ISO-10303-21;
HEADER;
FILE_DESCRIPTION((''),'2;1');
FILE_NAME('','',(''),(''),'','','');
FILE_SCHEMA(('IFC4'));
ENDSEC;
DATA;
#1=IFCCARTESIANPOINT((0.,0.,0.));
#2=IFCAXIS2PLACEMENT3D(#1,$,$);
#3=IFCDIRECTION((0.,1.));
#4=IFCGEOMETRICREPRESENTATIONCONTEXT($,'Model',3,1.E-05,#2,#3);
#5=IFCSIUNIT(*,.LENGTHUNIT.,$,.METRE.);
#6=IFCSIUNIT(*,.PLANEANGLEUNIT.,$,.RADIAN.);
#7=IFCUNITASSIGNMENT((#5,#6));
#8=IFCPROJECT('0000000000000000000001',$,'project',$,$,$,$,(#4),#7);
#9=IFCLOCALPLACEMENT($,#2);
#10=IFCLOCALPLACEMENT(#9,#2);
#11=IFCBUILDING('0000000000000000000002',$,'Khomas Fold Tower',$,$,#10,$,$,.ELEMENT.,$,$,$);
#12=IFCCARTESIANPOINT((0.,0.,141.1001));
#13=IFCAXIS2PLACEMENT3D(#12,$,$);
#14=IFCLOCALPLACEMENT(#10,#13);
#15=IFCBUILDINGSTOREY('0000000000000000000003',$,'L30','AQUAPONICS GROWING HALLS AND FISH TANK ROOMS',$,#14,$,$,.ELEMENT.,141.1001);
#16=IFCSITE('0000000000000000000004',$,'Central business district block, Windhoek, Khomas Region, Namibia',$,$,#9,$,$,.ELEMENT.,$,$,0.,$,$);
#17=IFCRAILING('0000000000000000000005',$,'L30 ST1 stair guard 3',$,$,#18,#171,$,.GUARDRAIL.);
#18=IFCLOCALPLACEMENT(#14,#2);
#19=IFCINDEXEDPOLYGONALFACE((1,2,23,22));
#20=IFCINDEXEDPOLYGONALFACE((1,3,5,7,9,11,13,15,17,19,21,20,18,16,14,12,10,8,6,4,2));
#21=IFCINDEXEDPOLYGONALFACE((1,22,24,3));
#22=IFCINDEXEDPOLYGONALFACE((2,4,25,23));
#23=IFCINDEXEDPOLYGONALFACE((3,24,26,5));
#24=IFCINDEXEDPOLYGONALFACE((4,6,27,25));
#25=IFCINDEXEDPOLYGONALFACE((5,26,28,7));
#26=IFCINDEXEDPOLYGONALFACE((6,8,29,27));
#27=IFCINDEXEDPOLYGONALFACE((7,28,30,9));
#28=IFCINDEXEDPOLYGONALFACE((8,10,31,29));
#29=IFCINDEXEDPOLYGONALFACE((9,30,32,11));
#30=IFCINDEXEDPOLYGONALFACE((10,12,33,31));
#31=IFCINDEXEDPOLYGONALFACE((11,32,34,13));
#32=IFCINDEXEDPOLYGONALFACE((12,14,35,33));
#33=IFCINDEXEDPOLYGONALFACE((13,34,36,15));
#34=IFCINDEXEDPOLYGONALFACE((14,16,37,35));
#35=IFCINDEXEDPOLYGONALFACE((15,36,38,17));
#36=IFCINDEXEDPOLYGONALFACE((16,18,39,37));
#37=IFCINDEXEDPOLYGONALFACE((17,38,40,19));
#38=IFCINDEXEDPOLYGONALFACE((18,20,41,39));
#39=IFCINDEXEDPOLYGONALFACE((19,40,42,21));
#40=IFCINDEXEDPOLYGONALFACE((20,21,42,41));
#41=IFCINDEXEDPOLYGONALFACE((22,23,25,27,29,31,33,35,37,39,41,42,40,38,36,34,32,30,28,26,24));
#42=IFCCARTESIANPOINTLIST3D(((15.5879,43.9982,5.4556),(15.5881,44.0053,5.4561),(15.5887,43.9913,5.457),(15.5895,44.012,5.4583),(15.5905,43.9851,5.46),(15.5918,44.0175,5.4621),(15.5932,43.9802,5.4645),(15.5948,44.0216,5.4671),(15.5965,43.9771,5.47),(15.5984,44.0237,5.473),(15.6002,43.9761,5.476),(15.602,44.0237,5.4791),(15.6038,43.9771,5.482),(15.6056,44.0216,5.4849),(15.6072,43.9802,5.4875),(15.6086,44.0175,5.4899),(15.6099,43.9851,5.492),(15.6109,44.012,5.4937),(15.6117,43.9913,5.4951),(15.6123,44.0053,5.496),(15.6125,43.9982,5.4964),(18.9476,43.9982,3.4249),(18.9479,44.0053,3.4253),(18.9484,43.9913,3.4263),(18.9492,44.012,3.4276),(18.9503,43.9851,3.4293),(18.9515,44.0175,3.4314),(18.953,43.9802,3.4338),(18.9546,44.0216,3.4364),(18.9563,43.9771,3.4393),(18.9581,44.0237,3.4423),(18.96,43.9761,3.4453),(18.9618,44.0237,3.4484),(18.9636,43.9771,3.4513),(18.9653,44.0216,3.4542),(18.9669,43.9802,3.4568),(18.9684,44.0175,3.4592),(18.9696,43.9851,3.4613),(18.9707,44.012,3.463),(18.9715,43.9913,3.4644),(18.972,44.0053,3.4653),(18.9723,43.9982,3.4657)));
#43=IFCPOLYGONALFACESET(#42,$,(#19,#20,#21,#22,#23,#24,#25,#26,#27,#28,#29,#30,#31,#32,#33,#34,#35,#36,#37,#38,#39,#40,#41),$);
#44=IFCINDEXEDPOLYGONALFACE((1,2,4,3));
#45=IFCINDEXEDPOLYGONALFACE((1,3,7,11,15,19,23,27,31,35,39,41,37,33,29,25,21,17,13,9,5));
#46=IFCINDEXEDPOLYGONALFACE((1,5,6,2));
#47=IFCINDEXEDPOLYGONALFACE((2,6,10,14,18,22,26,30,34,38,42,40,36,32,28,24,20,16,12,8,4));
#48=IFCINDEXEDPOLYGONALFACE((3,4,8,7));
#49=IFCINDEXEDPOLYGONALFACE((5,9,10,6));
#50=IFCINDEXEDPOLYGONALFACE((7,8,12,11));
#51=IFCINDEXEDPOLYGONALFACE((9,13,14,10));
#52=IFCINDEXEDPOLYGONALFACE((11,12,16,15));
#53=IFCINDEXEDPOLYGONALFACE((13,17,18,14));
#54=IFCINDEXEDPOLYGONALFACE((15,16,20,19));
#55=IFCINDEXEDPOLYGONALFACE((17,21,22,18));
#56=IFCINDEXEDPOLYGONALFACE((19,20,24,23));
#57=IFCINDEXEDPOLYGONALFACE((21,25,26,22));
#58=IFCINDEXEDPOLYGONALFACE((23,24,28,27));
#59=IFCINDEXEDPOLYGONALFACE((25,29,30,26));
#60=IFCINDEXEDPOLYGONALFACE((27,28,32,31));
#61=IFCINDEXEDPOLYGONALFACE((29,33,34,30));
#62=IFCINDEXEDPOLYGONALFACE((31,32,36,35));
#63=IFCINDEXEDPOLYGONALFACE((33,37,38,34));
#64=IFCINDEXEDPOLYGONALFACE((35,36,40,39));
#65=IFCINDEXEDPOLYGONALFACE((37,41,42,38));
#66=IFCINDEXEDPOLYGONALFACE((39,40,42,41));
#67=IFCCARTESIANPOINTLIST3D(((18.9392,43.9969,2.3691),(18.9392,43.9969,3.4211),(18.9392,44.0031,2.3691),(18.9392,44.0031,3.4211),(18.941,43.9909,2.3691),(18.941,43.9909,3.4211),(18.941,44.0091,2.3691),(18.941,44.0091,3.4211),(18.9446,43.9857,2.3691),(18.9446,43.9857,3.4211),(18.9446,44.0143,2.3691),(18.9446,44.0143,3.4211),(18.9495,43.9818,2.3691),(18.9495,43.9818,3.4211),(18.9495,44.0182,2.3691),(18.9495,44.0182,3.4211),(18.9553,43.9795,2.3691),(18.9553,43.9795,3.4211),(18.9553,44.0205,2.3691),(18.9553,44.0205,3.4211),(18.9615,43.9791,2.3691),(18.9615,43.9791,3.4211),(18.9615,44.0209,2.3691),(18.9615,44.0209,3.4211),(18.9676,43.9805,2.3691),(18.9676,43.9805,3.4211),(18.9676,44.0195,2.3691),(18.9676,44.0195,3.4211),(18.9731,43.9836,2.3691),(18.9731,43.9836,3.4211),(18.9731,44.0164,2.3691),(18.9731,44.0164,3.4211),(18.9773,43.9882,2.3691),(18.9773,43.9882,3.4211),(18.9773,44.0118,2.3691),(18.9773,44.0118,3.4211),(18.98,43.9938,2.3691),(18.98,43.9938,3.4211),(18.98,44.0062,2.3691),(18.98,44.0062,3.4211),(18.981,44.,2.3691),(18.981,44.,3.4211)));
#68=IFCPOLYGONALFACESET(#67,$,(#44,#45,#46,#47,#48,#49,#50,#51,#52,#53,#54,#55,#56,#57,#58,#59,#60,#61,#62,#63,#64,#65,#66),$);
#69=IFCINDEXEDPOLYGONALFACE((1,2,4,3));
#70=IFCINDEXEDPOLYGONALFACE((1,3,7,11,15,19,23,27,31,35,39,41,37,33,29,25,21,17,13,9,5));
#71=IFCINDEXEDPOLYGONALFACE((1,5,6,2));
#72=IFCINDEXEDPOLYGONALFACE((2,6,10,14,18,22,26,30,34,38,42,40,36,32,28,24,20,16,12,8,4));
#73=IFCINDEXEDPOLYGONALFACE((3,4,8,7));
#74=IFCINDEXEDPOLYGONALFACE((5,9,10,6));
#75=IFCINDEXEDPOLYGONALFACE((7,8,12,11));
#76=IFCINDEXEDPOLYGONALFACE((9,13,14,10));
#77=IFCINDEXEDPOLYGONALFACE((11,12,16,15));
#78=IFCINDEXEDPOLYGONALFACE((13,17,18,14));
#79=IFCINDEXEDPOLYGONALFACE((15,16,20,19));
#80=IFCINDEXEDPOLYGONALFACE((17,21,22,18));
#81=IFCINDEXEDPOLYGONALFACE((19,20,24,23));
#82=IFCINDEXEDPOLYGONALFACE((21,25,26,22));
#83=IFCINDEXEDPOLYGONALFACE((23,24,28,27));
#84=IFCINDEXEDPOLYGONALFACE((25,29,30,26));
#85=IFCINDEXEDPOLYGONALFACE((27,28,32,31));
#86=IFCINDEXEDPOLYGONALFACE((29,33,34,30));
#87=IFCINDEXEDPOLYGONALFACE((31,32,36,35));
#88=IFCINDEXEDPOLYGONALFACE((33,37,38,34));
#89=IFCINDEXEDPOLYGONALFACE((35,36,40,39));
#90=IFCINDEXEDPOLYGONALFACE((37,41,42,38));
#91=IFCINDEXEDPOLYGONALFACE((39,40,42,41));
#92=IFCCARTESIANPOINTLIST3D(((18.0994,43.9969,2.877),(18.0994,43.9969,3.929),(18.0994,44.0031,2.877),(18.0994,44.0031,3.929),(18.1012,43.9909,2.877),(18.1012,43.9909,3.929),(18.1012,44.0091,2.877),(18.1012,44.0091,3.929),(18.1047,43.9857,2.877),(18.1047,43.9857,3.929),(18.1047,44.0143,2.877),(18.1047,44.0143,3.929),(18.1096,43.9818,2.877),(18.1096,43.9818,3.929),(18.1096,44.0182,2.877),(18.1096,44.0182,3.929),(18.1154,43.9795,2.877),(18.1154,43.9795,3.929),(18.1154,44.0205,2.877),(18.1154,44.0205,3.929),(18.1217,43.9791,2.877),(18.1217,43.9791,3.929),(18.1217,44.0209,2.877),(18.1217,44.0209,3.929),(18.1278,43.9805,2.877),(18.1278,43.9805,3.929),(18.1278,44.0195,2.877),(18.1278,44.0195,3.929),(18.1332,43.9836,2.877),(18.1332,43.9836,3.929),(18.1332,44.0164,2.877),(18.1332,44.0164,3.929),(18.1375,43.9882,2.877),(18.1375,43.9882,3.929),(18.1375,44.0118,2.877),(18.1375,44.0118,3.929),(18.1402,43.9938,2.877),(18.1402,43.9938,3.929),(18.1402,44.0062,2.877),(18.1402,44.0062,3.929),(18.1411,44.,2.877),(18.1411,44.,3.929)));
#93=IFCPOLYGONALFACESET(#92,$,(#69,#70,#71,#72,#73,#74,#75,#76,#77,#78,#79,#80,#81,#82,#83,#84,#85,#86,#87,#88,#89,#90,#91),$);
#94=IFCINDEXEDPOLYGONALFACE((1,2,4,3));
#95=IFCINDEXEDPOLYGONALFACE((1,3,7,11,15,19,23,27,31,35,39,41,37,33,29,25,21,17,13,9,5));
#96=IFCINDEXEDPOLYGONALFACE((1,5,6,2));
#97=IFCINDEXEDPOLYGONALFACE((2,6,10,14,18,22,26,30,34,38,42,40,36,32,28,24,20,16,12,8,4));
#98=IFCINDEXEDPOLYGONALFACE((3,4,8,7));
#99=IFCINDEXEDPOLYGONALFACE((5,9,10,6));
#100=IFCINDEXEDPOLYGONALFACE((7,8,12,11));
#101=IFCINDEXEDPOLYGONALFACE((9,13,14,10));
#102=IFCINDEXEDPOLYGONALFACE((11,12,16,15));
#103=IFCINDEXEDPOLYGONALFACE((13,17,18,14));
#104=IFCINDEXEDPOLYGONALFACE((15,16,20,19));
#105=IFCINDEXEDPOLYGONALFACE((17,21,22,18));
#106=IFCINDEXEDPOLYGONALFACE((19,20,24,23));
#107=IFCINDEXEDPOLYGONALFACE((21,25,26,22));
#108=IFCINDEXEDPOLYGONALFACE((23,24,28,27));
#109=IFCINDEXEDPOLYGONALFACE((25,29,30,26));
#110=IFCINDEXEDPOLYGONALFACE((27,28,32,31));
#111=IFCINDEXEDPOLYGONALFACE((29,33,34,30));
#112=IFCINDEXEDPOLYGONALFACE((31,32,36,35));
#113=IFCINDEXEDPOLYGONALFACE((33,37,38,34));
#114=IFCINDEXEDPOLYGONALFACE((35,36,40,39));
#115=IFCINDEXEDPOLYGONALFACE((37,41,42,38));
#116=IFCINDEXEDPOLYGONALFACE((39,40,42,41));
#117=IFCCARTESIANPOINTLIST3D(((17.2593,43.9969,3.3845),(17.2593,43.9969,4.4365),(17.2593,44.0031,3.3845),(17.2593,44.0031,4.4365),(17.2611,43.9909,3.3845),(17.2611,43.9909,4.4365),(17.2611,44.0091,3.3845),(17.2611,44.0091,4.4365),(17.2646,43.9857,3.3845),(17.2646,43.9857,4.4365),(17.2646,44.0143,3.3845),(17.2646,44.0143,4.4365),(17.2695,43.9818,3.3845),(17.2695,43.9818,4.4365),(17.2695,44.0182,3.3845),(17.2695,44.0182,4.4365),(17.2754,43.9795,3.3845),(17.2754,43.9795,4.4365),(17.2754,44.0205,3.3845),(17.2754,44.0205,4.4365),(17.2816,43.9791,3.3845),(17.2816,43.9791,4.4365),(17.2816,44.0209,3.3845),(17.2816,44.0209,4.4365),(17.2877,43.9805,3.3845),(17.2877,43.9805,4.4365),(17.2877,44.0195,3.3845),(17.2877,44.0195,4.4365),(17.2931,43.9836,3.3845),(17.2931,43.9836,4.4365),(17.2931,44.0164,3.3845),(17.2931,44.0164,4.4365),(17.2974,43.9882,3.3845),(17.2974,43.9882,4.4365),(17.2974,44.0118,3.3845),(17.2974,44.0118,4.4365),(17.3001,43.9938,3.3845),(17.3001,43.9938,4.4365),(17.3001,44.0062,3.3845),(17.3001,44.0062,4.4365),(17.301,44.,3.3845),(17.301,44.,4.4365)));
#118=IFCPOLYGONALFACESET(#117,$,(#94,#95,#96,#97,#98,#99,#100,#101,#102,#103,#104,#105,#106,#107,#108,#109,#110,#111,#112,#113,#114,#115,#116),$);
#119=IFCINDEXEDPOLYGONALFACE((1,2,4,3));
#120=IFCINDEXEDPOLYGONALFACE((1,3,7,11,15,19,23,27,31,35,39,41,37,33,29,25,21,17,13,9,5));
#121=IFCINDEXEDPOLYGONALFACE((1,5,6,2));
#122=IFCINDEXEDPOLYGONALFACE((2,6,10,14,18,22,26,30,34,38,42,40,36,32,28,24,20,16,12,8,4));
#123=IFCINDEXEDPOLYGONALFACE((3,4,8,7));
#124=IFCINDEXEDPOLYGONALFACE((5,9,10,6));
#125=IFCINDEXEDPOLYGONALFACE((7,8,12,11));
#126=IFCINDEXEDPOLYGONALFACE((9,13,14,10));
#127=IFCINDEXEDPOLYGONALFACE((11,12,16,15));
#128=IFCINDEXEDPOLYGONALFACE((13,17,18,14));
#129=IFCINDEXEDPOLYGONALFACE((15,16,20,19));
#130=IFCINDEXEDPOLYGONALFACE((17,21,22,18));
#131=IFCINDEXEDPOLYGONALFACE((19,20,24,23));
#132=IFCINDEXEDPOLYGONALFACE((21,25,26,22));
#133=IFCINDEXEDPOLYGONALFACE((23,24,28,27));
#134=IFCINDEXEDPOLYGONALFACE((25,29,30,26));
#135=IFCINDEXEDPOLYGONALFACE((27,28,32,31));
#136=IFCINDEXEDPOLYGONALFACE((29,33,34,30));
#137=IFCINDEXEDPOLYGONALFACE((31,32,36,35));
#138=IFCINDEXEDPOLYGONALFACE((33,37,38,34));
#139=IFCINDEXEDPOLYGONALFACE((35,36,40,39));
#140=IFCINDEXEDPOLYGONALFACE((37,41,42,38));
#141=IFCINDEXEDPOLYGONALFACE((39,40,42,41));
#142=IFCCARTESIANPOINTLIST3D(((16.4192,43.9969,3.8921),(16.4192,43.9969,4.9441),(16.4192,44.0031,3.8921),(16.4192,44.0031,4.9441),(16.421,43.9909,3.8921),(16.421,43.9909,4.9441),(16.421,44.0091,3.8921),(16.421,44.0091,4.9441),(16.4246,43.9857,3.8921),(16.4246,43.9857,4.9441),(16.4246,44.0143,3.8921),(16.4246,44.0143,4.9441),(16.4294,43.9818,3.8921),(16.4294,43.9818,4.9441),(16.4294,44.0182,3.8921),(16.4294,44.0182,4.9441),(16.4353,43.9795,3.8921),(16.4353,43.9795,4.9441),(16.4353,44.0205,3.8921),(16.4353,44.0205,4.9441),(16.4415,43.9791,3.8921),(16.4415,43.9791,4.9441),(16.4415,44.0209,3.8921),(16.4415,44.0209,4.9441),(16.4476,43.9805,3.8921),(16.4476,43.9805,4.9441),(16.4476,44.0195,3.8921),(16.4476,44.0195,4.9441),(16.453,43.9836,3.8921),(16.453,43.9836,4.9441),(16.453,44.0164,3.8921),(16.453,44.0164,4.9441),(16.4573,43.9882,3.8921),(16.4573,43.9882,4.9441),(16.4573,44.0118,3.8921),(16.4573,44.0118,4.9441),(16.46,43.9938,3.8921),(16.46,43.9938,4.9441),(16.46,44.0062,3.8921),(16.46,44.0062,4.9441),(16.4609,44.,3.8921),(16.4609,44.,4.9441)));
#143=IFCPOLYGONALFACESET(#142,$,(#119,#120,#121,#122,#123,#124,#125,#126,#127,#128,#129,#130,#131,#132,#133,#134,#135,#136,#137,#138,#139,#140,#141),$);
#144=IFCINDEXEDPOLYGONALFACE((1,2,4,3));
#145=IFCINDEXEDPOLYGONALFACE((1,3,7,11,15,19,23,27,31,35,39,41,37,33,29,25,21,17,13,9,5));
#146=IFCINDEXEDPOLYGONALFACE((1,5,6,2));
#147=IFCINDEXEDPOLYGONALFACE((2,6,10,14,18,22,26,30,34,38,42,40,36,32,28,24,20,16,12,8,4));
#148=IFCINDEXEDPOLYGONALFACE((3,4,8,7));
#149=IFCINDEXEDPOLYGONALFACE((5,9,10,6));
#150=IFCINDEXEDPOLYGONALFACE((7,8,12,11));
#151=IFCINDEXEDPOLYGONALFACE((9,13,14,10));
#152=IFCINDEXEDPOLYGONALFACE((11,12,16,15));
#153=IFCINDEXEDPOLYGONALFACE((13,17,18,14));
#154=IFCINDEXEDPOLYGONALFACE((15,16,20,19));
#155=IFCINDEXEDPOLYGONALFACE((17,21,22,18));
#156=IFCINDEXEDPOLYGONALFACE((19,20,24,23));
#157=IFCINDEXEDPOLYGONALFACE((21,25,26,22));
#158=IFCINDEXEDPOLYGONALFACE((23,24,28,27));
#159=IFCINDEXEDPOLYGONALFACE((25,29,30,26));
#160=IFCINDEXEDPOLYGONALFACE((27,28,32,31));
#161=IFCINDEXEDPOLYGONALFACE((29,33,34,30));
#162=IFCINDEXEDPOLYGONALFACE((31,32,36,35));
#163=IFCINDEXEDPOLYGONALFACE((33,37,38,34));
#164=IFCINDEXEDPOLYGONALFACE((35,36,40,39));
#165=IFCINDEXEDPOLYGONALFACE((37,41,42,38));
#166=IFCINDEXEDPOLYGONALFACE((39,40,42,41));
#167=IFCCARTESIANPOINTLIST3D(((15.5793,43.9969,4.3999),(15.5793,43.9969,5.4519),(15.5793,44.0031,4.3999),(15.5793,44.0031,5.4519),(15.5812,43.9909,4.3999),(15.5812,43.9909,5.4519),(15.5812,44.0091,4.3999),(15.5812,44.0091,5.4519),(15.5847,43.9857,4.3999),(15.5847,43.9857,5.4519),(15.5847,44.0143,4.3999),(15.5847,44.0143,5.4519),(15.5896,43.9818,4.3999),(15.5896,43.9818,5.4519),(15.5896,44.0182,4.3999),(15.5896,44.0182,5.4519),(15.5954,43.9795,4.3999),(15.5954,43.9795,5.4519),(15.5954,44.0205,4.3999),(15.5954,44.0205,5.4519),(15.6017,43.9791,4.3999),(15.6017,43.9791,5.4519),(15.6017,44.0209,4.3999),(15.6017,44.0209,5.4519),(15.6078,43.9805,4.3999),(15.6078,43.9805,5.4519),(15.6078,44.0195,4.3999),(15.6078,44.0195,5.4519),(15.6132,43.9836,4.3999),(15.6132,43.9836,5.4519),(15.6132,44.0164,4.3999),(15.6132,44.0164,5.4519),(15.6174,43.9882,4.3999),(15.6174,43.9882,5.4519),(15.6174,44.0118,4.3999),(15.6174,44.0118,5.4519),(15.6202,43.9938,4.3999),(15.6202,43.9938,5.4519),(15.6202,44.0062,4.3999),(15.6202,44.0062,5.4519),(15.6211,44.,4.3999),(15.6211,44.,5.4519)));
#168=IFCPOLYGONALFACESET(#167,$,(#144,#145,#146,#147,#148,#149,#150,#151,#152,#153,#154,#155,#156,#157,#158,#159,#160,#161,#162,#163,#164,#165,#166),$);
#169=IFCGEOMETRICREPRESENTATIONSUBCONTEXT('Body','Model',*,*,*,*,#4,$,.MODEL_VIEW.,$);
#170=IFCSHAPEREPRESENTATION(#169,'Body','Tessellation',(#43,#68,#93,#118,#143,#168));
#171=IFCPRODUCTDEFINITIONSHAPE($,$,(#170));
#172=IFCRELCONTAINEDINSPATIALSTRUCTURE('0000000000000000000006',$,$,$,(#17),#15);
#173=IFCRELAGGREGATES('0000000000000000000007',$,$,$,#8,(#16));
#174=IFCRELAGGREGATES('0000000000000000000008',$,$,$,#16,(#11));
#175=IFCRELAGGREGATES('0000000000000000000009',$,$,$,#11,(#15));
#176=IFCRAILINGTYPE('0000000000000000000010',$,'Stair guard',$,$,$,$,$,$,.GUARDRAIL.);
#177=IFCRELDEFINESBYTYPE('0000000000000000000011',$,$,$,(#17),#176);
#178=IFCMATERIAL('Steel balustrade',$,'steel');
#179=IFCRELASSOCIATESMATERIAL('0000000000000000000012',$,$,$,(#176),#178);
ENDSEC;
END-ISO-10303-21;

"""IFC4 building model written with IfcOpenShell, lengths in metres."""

from ifc_helpers import new_model, si_unit, direction, frame, origin, origin_2d, place, context, subcontext, project, spatial, circle, extrude, source, transform, mapped, material, type_object, element, save


model = new_model("IFC4")

# Units and contexts
model_context = context("Model", 3, precision=1e-05, world=origin(), true_north=direction((0.0, 1.0)))
body_context = subcontext(model_context, "Body", "Model", "MODEL_VIEW")
ifc_project = project(units=[si_unit("LENGTHUNIT", "METRE"), si_unit("PLANEANGLEUNIT", "RADIAN")], contexts=[model_context])

# Site, building, storey
site_placement = place(None, origin())
site = spatial("IfcSite", under=ifc_project, at=site_placement, Name="Central business district block, Windhoek, Khomas Region, Namibia", CompositionType="ELEMENT", RefElevation=0.0)
building_placement = place(site_placement, origin())
building = spatial("IfcBuilding", under=site, at=building_placement, Name="Khomas Fold Tower", CompositionType="ELEMENT")
storey_placement = place(building_placement, frame((0.0, 0.0, 141.1001)))
storey = spatial("IfcBuildingStorey", under=building, at=storey_placement, Name="L30", Description="AQUAPONICS GROWING HALLS AND FISH TANK ROOMS", CompositionType="ELEMENT", Elevation=141.1001)

# Railing
ifc_material_1 = material(Name="Steel balustrade", Category="steel")
railing_type_1 = type_object("IfcRailingType", Name="Stair guard", PredefinedType="GUARDRAIL", material=ifc_material_1)
shared_shape_1 = source(origin(), body_context, "Body", "SweptSolid", [
    extrude(circle(Radius=0.0239, at=origin_2d()), frame((0.0, 0.0, 1.0762), z_axis=(-0.85582, 0.0, 0.517273), x_axis=(0.0, -1.0, 0.0)), (0.0, 0.0, 1.0), 3.9258),
    extrude(circle(Radius=0.021, at=origin_2d()), origin(), (0.0, 0.0, 1.0), 1.052),
    extrude(circle(Radius=0.021, at=origin_2d()), frame((-0.8398, 0.0, 0.5078)), (0.0, 0.0, 1.0), 1.052),
    extrude(circle(Radius=0.021, at=origin_2d()), frame((-1.6799, 0.0, 1.0154)), (0.0, 0.0, 1.0), 1.052),
    extrude(circle(Radius=0.021, at=origin_2d()), frame((-2.52, 0.0, 1.5229)), (0.0, 0.0, 1.0), 1.052),
    extrude(circle(Radius=0.021, at=origin_2d()), frame((-3.3599, 0.0, 2.0308)), (0.0, 0.0, 1.0), 1.052),
])
railing_1_placement = place(storey_placement, frame((18.96, 44.0, 2.3691)))
element("IfcRailing", 1, at=railing_1_placement, inside=storey, type_object=railing_type_1, Name="L30 ST1 stair guard 3", PredefinedType="GUARDRAIL", context=body_context, shape_type="MappedRepresentation", body=[
    mapped(shared_shape_1, transform((0.0, 0.0, 0.0))),
])

save(model, "model.ifc")
